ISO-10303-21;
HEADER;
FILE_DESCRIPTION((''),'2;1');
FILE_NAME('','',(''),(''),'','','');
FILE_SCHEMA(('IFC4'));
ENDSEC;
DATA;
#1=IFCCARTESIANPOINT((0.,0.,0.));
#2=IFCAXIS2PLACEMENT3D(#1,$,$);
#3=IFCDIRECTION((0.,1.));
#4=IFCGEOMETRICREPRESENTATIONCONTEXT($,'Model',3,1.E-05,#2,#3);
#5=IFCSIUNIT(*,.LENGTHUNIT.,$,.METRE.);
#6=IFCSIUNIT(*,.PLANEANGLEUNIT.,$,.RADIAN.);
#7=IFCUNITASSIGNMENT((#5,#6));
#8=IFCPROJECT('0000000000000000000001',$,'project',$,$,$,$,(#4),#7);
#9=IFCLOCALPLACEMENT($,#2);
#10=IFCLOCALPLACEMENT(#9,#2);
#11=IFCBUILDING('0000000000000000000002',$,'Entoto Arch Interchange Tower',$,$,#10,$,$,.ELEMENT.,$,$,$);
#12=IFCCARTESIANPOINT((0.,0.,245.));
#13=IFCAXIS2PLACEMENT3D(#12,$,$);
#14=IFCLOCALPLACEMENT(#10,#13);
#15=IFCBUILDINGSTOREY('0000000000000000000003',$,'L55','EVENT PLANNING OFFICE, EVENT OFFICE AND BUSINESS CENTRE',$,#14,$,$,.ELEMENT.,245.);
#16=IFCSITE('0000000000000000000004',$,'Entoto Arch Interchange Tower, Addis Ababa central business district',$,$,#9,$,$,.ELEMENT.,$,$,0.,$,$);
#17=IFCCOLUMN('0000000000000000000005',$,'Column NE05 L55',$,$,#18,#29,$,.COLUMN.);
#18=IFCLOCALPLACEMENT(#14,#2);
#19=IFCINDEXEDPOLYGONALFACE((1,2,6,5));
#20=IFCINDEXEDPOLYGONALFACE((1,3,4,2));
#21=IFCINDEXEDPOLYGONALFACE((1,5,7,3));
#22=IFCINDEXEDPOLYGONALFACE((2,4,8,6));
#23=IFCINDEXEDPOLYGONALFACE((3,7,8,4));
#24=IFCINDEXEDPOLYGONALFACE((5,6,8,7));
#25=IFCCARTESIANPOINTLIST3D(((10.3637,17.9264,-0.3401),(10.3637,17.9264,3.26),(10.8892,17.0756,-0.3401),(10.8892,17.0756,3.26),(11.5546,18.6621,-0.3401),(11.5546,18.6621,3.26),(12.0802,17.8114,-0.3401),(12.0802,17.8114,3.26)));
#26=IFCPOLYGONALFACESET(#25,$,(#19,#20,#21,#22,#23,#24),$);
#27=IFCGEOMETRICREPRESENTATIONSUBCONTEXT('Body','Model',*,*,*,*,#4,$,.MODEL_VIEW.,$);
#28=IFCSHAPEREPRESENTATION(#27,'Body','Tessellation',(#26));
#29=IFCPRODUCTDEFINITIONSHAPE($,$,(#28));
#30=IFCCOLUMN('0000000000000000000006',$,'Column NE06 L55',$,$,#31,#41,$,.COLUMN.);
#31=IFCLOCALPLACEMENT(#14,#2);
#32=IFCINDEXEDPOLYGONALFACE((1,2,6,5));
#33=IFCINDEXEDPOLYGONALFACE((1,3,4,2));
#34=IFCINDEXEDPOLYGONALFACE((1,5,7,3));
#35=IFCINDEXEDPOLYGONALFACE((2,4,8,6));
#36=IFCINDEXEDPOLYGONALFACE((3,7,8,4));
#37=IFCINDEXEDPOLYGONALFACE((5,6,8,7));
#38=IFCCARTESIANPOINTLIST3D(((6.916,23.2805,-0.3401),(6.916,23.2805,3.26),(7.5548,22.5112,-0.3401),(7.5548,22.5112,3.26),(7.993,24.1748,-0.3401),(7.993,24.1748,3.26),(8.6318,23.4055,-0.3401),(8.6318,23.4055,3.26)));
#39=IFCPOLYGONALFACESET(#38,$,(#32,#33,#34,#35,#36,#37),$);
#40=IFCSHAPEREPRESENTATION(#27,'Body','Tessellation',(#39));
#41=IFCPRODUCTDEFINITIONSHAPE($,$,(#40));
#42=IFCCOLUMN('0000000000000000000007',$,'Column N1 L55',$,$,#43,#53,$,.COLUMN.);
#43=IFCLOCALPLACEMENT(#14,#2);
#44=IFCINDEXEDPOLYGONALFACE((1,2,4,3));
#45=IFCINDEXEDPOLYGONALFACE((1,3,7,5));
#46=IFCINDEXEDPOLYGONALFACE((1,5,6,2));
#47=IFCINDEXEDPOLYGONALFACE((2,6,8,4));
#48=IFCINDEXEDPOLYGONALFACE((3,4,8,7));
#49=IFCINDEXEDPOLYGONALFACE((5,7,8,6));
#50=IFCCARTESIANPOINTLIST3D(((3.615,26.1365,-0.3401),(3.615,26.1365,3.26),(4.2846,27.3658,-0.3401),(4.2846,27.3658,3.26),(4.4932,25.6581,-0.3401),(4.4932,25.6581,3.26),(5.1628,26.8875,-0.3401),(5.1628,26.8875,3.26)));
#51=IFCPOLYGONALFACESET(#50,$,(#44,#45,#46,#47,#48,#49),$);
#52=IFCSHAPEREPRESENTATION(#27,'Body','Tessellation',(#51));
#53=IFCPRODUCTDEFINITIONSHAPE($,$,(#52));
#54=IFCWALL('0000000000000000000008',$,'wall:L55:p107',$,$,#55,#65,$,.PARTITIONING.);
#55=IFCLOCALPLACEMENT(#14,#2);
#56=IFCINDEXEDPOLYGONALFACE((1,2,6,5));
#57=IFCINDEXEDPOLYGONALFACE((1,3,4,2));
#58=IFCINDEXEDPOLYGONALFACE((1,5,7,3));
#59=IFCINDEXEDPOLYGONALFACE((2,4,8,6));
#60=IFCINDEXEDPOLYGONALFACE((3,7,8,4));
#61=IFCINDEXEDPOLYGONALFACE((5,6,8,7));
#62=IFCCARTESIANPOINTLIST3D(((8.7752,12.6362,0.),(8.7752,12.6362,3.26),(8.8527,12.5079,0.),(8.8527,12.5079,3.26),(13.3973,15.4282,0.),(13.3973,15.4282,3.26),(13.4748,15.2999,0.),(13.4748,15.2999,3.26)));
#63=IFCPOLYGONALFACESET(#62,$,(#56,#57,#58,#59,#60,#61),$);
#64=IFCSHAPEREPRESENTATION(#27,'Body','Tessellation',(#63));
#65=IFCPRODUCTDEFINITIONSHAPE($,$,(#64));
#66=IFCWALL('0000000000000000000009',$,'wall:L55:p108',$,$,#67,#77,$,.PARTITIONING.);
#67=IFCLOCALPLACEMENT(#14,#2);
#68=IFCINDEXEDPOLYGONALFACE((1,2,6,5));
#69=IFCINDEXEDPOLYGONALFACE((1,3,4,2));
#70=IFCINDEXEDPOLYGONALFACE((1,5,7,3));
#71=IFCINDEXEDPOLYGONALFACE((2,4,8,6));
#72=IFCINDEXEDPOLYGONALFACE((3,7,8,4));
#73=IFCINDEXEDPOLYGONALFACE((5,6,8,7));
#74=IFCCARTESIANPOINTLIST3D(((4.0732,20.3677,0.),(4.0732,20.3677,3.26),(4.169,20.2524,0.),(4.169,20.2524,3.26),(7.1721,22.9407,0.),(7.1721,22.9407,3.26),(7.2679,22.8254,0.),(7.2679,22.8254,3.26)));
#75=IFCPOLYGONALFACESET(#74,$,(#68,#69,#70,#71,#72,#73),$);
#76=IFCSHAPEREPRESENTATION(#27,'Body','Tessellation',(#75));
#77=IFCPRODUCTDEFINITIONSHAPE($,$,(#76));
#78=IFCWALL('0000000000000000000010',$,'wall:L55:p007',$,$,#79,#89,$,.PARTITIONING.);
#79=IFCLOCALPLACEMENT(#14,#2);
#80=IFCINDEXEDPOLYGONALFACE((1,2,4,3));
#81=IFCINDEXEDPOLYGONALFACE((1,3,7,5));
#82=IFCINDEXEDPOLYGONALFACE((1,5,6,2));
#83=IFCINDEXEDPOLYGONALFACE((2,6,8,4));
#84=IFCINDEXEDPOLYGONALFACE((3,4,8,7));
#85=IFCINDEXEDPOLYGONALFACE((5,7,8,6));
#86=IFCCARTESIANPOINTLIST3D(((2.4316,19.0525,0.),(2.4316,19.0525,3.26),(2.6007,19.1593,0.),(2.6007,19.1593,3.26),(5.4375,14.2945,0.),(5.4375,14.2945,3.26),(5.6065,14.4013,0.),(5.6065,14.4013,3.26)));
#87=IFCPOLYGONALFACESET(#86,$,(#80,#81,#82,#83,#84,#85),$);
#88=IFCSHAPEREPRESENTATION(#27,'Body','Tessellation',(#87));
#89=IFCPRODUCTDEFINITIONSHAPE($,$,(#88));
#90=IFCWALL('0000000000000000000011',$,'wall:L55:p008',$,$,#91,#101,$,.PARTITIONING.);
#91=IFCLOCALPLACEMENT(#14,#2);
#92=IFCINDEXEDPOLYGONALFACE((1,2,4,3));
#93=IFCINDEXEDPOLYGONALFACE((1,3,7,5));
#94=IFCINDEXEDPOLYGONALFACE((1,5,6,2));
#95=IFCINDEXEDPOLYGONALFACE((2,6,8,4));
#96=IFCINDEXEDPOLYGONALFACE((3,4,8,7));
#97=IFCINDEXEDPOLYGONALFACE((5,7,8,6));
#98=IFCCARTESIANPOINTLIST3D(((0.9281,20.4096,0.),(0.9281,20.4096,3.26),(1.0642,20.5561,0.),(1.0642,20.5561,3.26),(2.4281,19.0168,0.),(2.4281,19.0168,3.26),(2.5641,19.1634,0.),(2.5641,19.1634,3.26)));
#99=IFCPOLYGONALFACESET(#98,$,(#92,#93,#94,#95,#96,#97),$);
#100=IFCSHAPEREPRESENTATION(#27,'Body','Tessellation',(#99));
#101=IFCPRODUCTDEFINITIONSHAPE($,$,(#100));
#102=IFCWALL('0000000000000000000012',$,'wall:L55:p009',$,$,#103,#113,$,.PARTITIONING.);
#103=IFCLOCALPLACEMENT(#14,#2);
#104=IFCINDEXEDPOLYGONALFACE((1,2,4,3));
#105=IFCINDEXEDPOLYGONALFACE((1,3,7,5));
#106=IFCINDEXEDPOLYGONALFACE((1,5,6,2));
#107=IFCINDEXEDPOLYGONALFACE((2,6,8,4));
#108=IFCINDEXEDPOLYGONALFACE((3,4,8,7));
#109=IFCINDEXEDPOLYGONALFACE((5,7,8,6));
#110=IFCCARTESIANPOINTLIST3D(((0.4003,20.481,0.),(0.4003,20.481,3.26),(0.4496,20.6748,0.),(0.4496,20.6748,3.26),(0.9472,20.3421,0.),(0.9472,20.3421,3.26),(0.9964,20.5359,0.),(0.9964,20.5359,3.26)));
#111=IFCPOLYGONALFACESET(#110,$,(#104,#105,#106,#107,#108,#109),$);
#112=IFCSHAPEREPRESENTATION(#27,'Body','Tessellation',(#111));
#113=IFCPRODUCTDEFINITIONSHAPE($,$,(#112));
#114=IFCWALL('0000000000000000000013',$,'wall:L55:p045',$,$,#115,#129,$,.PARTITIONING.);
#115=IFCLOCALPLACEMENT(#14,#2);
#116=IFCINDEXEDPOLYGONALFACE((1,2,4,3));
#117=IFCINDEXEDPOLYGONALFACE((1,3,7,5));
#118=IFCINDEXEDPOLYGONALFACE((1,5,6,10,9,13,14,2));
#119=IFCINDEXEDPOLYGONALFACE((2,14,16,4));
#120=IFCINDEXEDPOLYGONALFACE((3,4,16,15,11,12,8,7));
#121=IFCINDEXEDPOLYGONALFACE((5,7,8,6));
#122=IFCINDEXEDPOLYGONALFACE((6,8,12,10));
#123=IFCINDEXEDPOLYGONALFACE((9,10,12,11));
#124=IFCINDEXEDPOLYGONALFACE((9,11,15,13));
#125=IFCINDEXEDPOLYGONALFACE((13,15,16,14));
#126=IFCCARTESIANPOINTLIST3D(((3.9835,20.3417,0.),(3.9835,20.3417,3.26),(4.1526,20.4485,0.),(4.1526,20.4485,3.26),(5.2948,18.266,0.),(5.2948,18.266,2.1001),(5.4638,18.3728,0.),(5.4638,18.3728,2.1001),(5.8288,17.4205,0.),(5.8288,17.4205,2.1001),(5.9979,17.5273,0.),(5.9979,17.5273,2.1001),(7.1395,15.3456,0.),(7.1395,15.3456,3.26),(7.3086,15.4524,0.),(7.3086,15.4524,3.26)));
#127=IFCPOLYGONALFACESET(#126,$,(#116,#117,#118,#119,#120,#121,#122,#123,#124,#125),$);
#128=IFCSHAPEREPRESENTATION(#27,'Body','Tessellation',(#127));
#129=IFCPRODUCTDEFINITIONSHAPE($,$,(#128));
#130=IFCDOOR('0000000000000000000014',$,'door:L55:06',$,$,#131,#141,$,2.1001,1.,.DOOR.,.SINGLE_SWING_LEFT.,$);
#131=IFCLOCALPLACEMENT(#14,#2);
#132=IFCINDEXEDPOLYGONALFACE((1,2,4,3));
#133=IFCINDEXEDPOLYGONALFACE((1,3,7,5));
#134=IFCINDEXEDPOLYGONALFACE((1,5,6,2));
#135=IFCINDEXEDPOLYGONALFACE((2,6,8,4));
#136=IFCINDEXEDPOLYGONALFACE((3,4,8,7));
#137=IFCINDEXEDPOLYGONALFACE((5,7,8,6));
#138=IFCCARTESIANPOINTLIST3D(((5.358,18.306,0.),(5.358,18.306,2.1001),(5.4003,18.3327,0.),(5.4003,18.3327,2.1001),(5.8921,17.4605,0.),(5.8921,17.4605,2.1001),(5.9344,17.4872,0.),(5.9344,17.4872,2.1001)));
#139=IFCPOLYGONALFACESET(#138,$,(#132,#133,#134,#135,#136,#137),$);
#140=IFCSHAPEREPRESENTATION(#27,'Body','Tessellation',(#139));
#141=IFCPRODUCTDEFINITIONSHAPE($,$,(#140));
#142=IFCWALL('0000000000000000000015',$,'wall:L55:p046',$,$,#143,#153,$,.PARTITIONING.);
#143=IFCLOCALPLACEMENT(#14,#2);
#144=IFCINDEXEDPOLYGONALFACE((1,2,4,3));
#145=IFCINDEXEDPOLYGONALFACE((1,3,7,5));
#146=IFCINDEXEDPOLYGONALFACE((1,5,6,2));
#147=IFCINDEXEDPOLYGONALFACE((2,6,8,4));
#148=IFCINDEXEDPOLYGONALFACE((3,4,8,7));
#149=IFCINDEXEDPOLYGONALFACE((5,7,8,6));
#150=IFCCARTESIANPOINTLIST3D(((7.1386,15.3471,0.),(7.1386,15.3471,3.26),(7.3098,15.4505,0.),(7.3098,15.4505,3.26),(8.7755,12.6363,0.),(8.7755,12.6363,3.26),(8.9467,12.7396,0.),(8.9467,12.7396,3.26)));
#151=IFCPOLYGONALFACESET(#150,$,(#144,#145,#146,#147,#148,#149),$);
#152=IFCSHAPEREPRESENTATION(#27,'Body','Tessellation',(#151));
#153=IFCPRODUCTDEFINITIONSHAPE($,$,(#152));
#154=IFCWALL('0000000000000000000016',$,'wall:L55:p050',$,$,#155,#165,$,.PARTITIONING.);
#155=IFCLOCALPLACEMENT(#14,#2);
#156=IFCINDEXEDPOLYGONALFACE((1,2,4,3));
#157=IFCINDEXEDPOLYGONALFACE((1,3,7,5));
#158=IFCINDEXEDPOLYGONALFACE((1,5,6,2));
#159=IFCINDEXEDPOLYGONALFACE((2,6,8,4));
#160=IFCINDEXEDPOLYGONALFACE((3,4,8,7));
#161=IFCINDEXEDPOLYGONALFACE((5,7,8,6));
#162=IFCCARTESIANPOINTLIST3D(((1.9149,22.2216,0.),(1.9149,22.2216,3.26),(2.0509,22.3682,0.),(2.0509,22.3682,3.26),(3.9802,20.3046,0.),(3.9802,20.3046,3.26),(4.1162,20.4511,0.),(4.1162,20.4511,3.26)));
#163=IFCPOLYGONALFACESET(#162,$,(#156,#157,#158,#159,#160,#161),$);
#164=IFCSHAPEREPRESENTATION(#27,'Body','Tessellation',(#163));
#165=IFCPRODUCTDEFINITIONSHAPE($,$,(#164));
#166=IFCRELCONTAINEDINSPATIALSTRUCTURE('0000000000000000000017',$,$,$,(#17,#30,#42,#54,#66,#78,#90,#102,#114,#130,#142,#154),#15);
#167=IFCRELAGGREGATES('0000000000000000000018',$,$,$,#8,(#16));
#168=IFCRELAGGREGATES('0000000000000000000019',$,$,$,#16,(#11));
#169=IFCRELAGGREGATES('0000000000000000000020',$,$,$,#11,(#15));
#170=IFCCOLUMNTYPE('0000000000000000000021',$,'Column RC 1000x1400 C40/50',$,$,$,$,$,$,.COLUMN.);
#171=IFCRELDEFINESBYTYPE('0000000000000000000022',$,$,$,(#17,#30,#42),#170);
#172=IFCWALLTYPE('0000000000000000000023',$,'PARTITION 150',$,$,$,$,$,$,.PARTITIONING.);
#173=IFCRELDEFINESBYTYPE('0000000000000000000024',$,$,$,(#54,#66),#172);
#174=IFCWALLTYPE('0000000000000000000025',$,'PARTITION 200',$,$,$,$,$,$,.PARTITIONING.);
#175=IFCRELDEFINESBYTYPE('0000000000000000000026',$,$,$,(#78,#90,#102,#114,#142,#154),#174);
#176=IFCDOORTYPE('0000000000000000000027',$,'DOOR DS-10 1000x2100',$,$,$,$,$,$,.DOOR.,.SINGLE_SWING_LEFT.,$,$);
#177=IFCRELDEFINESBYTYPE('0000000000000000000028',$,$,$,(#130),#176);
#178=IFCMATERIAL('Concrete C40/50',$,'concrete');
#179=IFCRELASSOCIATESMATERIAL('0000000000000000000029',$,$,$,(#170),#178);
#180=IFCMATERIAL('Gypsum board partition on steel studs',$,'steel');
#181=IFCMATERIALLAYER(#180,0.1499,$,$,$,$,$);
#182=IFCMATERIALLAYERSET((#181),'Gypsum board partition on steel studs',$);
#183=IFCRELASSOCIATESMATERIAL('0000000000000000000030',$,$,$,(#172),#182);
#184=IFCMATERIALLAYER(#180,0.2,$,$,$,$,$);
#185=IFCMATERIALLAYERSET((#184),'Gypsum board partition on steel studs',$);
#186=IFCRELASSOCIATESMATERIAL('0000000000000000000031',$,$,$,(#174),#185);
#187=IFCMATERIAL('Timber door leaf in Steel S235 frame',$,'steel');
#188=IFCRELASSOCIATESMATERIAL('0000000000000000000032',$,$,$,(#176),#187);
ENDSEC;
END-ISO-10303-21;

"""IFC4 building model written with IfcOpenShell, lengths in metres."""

from ifc_helpers import new_model, si_unit, direction, frame, frame_2d, origin, origin_2d, place, context, subcontext, project, spatial, rectangle, extrude, material, layer, layer_set, material_profile, profile_set, type_object, element, fill, save


model = new_model("IFC4")

# Units and contexts
model_context = context("Model", 3, precision=1e-05, world=origin(), true_north=direction((0.0, 1.0)))
body_context = subcontext(model_context, "Body", "Model", "MODEL_VIEW")
ifc_project = project(units=[si_unit("LENGTHUNIT", "METRE"), si_unit("PLANEANGLEUNIT", "RADIAN")], contexts=[model_context])

# Site, building, storey
site_placement = place(None, origin())
site = spatial("IfcSite", under=ifc_project, at=site_placement, Name="Entoto Arch Interchange Tower, Addis Ababa central business district", CompositionType="ELEMENT", RefElevation=0.0)
building_placement = place(site_placement, origin())
building = spatial("IfcBuilding", under=site, at=building_placement, Name="Entoto Arch Interchange Tower", CompositionType="ELEMENT")
storey_placement = place(building_placement, frame((0.0, 0.0, 245.0)))
storey = spatial("IfcBuildingStorey", under=building, at=storey_placement, Name="L55", Description="EVENT PLANNING OFFICE, EVENT OFFICE AND BUSINESS CENTRE", CompositionType="ELEMENT", Elevation=245.0)

# Columns
ifc_material_1 = material(Name="Concrete C40/50", Category="concrete")
ifc_material_profile = material_profile(ifc_material_1, rectangle(XDim=1.0, YDim=1.3999, at=origin_2d()))
ifc_profile_set = profile_set([ifc_material_profile], Name="Concrete C40/50")
column_type = type_object("IfcColumnType", Name="Column RC 1000x1400 C40/50", PredefinedType="COLUMN", material=ifc_profile_set)
for number, where, z_axis, x_axis, name in (
    (1, (11.2219, 17.8689, -0.3401), (0.0, 0.0, 1.0), (-0.525576, 0.850747, 0.0), "Column NE05 L55"),
    (2, (7.7739, 23.343, -0.3401), (0.0, 0.0, 1.0), (-0.638835, 0.769344, 0.0), "Column NE06 L55"),
    (3, (4.3889, 26.512, -0.3401), (0.0, 0.0, 1.0), (-0.878175, 0.478339, 0.0), "Column N1 L55"),
):
    element("IfcColumn", number, at=place(storey_placement, frame(where, z_axis=z_axis, x_axis=x_axis)), inside=storey, type_object=column_type, Name=name, PredefinedType="COLUMN", context=body_context, shape_type="SweptSolid", body=[
        extrude(rectangle(XDim=1.0, YDim=1.3999, at=origin_2d()), origin(), (0.0, 0.0, 1.0), 3.6001),
    ])

# Walls
ifc_material_2 = material(Name="Gypsum board partition on steel studs", Category="steel")
ifc_layer_1 = layer(ifc_material_2, 0.1499)
ifc_layer_set_1 = layer_set([ifc_layer_1], Name="Gypsum board partition on steel studs")
wall_type_1 = type_object("IfcWallType", Name="PARTITION 150", PredefinedType="PARTITIONING", material=ifc_layer_set_1)
wall_1_placement = place(storey_placement, frame((8.814, 12.572, 0.0), z_axis=(0.0, 0.0, 1.0), x_axis=(0.855957, 0.517047, 0.0)))
element("IfcWall", 4, at=wall_1_placement, inside=storey, type_object=wall_type_1, Name="wall:L55:p107", PredefinedType="PARTITIONING", context=body_context, shape_type="SweptSolid", body=[
    extrude(rectangle(XDim=5.3999, YDim=0.1499, at=frame_2d((2.7, 0.0))), origin(), (0.0, 0.0, 1.0), 3.26),
])
wall_2_placement = place(storey_placement, frame((4.1211, 20.3101, 0.0), z_axis=(0.0, 0.0, 1.0), x_axis=(0.769368, 0.638806, 0.0)))
element("IfcWall", 5, at=wall_2_placement, inside=storey, type_object=wall_type_1, Name="wall:L55:p108", PredefinedType="PARTITIONING", context=body_context, shape_type="SweptSolid", body=[
    extrude(rectangle(XDim=4.0278, YDim=0.1499, at=frame_2d((2.0139, 0.0))), origin(), (0.0, 0.0, 1.0), 3.26),
])
ifc_layer_2 = layer(ifc_material_2, 0.2)
ifc_layer_set_2 = layer_set([ifc_layer_2], Name="Gypsum board partition on steel studs")
wall_type_2 = type_object("IfcWallType", Name="PARTITION 200", PredefinedType="PARTITIONING", material=ifc_layer_set_2)
wall_3_placement = place(storey_placement, frame((5.522, 14.3479, 0.0), z_axis=(0.0, 0.0, 1.0), x_axis=(-0.534091, 0.845427, 0.0)))
element("IfcWall", 6, at=wall_3_placement, inside=storey, type_object=wall_type_2, Name="wall:L55:p007", PredefinedType="PARTITIONING", context=body_context, shape_type="SweptSolid", body=[
    extrude(rectangle(XDim=5.6279, YDim=0.2, at=frame_2d((2.814, 0.0))), origin(), (0.0, 0.0, 1.0), 3.26),
])
wall_4_placement = place(storey_placement, frame((2.4961, 19.0901, 0.0), z_axis=(0.0, 0.0, 1.0), x_axis=(-0.732802, 0.680442, 0.0)))
element("IfcWall", 7, at=wall_4_placement, inside=storey, type_object=wall_type_2, Name="wall:L55:p008", PredefinedType="PARTITIONING", context=body_context, shape_type="SweptSolid", body=[
    extrude(rectangle(XDim=2.0469, YDim=0.2, at=frame_2d((1.0234, 0.0))), origin(), (0.0, 0.0, 1.0), 3.26),
])
wall_5_placement = place(storey_placement, frame((0.9719, 20.439, 0.0), z_axis=(0.0, 0.0, 1.0), x_axis=(-0.969219, 0.246199, 0.0)))
element("IfcWall", 8, at=wall_5_placement, inside=storey, type_object=wall_type_2, Name="wall:L55:p009", PredefinedType="PARTITIONING", context=body_context, shape_type="SweptSolid", body=[
    extrude(rectangle(XDim=0.5642, YDim=0.2, at=frame_2d((0.2822, 0.0))), origin(), (0.0, 0.0, 1.0), 3.26),
])

# Wall, opening, door
wall_6_placement = place(storey_placement, frame((4.0681, 20.395, 0.0), z_axis=(0.0, 0.0, 1.0), x_axis=(0.534063, -0.845445, 0.0)))
wall_6 = element("IfcWall", 9, at=wall_6_placement, inside=storey, type_object=wall_type_2, Name="wall:L55:p045", PredefinedType="PARTITIONING", context=body_context, shape_type="SweptSolid", body=[
    extrude(rectangle(XDim=5.9094, YDim=0.2, at=frame_2d((2.9546, 0.0))), origin(), (0.0, 0.0, 1.0), 3.26),
])
opening_1_placement = place(wall_6_placement, frame((2.4551, 0.0, 0.0)))
opening_1 = element("IfcOpeningElement", 10, at=opening_1_placement, cuts=wall_6, PredefinedType="OPENING", context=body_context, shape_type="SweptSolid", body=[
    extrude(rectangle(XDim=1.0, YDim=2.1001, at=frame_2d((0.5, 1.05))), frame((0.0, 0.1099, 0.0), z_axis=(0.0, -1.0, 0.0), x_axis=(1.0, 0.0, 0.0)), (0.0, 0.0, 1.0), 0.22),
])
ifc_material_3 = material(Name="Timber door leaf in Steel S235 frame", Category="steel")
door_type_1 = type_object("IfcDoorType", Name="DOOR DS-10 1000x2100", OperationType="SINGLE_SWING_LEFT", PredefinedType="DOOR", material=ifc_material_3)
door_1_placement = place(opening_1_placement, origin())
door_1 = element("IfcDoor", 11, at=door_1_placement, inside=storey, type_object=door_type_1, Name="door:L55:06", OperationType="SINGLE_SWING_LEFT", OverallHeight=2.1001, OverallWidth=1.0, PredefinedType="DOOR", context=body_context, shape_type="SweptSolid", body=[
    extrude(rectangle(XDim=1.0, YDim=2.1001, at=frame_2d((0.5, 1.05))), frame((0.0, 0.0249, 0.0), z_axis=(0.0, -1.0, 0.0), x_axis=(1.0, 0.0, 0.0)), (0.0, 0.0, 1.0), 0.05),
])
fill(opening_1, door_1)

# Walls
wall_7_placement = place(storey_placement, frame((7.2241, 15.3989, 0.0), z_axis=(0.0, 0.0, 1.0), x_axis=(0.516909, -0.856041, 0.0)))
element("IfcWall", 12, at=wall_7_placement, inside=storey, type_object=wall_type_2, Name="wall:L55:p046", PredefinedType="PARTITIONING", context=body_context, shape_type="SweptSolid", body=[
    extrude(rectangle(XDim=3.1667, YDim=0.2, at=frame_2d((1.5835, 0.0))), origin(), (0.0, 0.0, 1.0), 3.26),
])
wall_8_placement = place(storey_placement, frame((1.9829, 22.2949, 0.0), z_axis=(0.0, 0.0, 1.0), x_axis=(0.732914, -0.680321, 0.0)))
element("IfcWall", 13, at=wall_8_placement, inside=storey, type_object=wall_type_2, Name="wall:L55:p050", PredefinedType="PARTITIONING", context=body_context, shape_type="SweptSolid", body=[
    extrude(rectangle(XDim=2.8179, YDim=0.2, at=frame_2d((1.4089, 0.0))), origin(), (0.0, 0.0, 1.0), 3.26),
])

save(model, "model.ifc")
